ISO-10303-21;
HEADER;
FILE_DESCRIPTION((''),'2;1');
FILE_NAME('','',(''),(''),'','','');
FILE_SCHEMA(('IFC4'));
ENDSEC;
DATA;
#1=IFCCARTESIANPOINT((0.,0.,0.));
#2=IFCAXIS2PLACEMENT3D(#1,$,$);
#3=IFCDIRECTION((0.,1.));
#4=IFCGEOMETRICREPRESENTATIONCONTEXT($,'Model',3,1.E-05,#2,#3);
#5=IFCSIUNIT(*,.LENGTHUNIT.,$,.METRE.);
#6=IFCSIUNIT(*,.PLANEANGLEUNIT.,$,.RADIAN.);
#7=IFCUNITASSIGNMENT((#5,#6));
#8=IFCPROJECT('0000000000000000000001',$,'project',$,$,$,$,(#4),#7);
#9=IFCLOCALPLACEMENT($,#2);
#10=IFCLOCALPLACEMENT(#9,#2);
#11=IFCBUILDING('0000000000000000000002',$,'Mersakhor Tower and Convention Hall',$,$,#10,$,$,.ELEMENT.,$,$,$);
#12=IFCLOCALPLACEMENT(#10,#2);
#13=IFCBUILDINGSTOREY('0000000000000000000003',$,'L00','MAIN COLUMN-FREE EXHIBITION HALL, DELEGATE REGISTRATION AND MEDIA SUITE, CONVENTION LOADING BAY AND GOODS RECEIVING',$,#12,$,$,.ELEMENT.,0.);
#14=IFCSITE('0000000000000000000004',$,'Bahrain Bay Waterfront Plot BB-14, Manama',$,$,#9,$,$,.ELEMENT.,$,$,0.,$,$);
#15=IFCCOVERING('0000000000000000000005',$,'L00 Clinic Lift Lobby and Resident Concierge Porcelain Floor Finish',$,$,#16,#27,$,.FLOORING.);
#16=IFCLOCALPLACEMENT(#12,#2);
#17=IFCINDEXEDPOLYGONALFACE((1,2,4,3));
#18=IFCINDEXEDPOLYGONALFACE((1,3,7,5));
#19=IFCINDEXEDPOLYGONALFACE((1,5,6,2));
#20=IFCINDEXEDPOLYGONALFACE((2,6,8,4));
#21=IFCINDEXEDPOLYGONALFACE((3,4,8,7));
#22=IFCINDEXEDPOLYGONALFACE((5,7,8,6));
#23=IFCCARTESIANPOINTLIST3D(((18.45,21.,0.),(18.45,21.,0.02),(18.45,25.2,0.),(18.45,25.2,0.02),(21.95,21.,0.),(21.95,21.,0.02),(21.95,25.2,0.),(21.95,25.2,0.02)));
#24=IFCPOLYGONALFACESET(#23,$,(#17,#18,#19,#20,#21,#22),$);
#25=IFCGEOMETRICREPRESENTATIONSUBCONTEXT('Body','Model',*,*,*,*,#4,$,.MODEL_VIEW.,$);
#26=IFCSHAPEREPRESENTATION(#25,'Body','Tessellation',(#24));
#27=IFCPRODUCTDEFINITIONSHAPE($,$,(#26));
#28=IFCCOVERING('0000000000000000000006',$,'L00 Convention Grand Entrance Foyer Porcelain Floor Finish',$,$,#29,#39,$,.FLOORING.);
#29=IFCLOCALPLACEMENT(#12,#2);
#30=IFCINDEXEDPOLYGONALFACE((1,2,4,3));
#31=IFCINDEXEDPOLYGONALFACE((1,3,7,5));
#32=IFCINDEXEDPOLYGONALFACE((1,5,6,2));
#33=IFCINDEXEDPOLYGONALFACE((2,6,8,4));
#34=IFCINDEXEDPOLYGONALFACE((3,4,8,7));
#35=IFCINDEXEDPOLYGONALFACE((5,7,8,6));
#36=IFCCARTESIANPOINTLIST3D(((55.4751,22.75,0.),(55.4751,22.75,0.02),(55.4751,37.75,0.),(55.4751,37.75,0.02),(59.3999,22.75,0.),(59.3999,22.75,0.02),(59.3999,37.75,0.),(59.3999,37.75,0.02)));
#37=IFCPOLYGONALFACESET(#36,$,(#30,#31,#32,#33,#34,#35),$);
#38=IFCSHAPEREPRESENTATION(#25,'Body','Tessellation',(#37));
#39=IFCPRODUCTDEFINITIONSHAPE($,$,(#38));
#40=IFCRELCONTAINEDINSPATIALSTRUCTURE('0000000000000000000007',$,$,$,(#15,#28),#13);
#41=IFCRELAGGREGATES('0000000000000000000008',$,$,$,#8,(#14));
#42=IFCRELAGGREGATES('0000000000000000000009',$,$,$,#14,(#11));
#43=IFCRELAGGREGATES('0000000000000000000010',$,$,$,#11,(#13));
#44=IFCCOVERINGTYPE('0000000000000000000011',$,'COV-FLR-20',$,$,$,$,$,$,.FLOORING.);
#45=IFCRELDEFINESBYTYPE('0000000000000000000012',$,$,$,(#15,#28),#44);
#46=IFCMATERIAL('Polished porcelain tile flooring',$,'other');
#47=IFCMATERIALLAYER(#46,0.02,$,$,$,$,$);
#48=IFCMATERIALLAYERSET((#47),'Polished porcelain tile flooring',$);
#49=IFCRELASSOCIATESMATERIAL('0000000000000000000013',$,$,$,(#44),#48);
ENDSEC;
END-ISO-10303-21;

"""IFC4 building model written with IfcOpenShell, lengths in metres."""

from ifc_helpers import new_model, si_unit, direction, origin, place, context, subcontext, project, spatial, polyline, outline, extrude, material, layer, layer_set, type_object, element, save


model = new_model("IFC4")

# Units and contexts
model_context = context("Model", 3, precision=1e-05, world=origin(), true_north=direction((0.0, 1.0)))
body_context = subcontext(model_context, "Body", "Model", "MODEL_VIEW")
ifc_project = project(units=[si_unit("LENGTHUNIT", "METRE"), si_unit("PLANEANGLEUNIT", "RADIAN")], contexts=[model_context])

# Site, building, storey
site_placement = place(None, origin())
site = spatial("IfcSite", under=ifc_project, at=site_placement, Name="Bahrain Bay Waterfront Plot BB-14, Manama", CompositionType="ELEMENT", RefElevation=0.0)
building_placement = place(site_placement, origin())
building = spatial("IfcBuilding", under=site, at=building_placement, Name="Mersakhor Tower and Convention Hall", CompositionType="ELEMENT")
storey_placement = place(building_placement, origin())
storey = spatial("IfcBuildingStorey", under=building, at=storey_placement, Name="L00", Description="MAIN COLUMN-FREE EXHIBITION HALL, DELEGATE REGISTRATION AND MEDIA SUITE, CONVENTION LOADING BAY AND GOODS RECEIVING", CompositionType="ELEMENT", Elevation=0.0)

# Coverings
ifc_material_1 = material(Name="Polished porcelain tile flooring", Category="other")
ifc_layer_1 = layer(ifc_material_1, 0.02)
ifc_layer_set_1 = layer_set([ifc_layer_1], Name="Polished porcelain tile flooring")
covering_type_1 = type_object("IfcCoveringType", Name="COV-FLR-20", PredefinedType="FLOORING", material=ifc_layer_set_1)
covering_1_placement = place(storey_placement, origin())
element("IfcCovering", 1, at=covering_1_placement, inside=storey, type_object=covering_type_1, Name="L00 Clinic Lift Lobby and Resident Concierge Porcelain Floor Finish", PredefinedType="FLOORING", context=body_context, shape_type="SweptSolid", body=[
    extrude(outline(polyline([(18.45, 25.2), (21.95, 25.2), (21.95, 21.0), (18.45, 21.0), (18.45, 25.2)])), origin(), (0.0, 0.0, 1.0), 0.02),
])
covering_2_placement = place(storey_placement, origin())
element("IfcCovering", 2, at=covering_2_placement, inside=storey, type_object=covering_type_1, Name="L00 Convention Grand Entrance Foyer Porcelain Floor Finish", PredefinedType="FLOORING", context=body_context, shape_type="SweptSolid", body=[
    extrude(outline(polyline([(55.4751, 37.75), (59.3999, 37.75), (59.3999, 22.75), (55.4751, 22.75), (55.4751, 37.75)])), origin(), (0.0, 0.0, 1.0), 0.02),
])

save(model, "model.ifc")
